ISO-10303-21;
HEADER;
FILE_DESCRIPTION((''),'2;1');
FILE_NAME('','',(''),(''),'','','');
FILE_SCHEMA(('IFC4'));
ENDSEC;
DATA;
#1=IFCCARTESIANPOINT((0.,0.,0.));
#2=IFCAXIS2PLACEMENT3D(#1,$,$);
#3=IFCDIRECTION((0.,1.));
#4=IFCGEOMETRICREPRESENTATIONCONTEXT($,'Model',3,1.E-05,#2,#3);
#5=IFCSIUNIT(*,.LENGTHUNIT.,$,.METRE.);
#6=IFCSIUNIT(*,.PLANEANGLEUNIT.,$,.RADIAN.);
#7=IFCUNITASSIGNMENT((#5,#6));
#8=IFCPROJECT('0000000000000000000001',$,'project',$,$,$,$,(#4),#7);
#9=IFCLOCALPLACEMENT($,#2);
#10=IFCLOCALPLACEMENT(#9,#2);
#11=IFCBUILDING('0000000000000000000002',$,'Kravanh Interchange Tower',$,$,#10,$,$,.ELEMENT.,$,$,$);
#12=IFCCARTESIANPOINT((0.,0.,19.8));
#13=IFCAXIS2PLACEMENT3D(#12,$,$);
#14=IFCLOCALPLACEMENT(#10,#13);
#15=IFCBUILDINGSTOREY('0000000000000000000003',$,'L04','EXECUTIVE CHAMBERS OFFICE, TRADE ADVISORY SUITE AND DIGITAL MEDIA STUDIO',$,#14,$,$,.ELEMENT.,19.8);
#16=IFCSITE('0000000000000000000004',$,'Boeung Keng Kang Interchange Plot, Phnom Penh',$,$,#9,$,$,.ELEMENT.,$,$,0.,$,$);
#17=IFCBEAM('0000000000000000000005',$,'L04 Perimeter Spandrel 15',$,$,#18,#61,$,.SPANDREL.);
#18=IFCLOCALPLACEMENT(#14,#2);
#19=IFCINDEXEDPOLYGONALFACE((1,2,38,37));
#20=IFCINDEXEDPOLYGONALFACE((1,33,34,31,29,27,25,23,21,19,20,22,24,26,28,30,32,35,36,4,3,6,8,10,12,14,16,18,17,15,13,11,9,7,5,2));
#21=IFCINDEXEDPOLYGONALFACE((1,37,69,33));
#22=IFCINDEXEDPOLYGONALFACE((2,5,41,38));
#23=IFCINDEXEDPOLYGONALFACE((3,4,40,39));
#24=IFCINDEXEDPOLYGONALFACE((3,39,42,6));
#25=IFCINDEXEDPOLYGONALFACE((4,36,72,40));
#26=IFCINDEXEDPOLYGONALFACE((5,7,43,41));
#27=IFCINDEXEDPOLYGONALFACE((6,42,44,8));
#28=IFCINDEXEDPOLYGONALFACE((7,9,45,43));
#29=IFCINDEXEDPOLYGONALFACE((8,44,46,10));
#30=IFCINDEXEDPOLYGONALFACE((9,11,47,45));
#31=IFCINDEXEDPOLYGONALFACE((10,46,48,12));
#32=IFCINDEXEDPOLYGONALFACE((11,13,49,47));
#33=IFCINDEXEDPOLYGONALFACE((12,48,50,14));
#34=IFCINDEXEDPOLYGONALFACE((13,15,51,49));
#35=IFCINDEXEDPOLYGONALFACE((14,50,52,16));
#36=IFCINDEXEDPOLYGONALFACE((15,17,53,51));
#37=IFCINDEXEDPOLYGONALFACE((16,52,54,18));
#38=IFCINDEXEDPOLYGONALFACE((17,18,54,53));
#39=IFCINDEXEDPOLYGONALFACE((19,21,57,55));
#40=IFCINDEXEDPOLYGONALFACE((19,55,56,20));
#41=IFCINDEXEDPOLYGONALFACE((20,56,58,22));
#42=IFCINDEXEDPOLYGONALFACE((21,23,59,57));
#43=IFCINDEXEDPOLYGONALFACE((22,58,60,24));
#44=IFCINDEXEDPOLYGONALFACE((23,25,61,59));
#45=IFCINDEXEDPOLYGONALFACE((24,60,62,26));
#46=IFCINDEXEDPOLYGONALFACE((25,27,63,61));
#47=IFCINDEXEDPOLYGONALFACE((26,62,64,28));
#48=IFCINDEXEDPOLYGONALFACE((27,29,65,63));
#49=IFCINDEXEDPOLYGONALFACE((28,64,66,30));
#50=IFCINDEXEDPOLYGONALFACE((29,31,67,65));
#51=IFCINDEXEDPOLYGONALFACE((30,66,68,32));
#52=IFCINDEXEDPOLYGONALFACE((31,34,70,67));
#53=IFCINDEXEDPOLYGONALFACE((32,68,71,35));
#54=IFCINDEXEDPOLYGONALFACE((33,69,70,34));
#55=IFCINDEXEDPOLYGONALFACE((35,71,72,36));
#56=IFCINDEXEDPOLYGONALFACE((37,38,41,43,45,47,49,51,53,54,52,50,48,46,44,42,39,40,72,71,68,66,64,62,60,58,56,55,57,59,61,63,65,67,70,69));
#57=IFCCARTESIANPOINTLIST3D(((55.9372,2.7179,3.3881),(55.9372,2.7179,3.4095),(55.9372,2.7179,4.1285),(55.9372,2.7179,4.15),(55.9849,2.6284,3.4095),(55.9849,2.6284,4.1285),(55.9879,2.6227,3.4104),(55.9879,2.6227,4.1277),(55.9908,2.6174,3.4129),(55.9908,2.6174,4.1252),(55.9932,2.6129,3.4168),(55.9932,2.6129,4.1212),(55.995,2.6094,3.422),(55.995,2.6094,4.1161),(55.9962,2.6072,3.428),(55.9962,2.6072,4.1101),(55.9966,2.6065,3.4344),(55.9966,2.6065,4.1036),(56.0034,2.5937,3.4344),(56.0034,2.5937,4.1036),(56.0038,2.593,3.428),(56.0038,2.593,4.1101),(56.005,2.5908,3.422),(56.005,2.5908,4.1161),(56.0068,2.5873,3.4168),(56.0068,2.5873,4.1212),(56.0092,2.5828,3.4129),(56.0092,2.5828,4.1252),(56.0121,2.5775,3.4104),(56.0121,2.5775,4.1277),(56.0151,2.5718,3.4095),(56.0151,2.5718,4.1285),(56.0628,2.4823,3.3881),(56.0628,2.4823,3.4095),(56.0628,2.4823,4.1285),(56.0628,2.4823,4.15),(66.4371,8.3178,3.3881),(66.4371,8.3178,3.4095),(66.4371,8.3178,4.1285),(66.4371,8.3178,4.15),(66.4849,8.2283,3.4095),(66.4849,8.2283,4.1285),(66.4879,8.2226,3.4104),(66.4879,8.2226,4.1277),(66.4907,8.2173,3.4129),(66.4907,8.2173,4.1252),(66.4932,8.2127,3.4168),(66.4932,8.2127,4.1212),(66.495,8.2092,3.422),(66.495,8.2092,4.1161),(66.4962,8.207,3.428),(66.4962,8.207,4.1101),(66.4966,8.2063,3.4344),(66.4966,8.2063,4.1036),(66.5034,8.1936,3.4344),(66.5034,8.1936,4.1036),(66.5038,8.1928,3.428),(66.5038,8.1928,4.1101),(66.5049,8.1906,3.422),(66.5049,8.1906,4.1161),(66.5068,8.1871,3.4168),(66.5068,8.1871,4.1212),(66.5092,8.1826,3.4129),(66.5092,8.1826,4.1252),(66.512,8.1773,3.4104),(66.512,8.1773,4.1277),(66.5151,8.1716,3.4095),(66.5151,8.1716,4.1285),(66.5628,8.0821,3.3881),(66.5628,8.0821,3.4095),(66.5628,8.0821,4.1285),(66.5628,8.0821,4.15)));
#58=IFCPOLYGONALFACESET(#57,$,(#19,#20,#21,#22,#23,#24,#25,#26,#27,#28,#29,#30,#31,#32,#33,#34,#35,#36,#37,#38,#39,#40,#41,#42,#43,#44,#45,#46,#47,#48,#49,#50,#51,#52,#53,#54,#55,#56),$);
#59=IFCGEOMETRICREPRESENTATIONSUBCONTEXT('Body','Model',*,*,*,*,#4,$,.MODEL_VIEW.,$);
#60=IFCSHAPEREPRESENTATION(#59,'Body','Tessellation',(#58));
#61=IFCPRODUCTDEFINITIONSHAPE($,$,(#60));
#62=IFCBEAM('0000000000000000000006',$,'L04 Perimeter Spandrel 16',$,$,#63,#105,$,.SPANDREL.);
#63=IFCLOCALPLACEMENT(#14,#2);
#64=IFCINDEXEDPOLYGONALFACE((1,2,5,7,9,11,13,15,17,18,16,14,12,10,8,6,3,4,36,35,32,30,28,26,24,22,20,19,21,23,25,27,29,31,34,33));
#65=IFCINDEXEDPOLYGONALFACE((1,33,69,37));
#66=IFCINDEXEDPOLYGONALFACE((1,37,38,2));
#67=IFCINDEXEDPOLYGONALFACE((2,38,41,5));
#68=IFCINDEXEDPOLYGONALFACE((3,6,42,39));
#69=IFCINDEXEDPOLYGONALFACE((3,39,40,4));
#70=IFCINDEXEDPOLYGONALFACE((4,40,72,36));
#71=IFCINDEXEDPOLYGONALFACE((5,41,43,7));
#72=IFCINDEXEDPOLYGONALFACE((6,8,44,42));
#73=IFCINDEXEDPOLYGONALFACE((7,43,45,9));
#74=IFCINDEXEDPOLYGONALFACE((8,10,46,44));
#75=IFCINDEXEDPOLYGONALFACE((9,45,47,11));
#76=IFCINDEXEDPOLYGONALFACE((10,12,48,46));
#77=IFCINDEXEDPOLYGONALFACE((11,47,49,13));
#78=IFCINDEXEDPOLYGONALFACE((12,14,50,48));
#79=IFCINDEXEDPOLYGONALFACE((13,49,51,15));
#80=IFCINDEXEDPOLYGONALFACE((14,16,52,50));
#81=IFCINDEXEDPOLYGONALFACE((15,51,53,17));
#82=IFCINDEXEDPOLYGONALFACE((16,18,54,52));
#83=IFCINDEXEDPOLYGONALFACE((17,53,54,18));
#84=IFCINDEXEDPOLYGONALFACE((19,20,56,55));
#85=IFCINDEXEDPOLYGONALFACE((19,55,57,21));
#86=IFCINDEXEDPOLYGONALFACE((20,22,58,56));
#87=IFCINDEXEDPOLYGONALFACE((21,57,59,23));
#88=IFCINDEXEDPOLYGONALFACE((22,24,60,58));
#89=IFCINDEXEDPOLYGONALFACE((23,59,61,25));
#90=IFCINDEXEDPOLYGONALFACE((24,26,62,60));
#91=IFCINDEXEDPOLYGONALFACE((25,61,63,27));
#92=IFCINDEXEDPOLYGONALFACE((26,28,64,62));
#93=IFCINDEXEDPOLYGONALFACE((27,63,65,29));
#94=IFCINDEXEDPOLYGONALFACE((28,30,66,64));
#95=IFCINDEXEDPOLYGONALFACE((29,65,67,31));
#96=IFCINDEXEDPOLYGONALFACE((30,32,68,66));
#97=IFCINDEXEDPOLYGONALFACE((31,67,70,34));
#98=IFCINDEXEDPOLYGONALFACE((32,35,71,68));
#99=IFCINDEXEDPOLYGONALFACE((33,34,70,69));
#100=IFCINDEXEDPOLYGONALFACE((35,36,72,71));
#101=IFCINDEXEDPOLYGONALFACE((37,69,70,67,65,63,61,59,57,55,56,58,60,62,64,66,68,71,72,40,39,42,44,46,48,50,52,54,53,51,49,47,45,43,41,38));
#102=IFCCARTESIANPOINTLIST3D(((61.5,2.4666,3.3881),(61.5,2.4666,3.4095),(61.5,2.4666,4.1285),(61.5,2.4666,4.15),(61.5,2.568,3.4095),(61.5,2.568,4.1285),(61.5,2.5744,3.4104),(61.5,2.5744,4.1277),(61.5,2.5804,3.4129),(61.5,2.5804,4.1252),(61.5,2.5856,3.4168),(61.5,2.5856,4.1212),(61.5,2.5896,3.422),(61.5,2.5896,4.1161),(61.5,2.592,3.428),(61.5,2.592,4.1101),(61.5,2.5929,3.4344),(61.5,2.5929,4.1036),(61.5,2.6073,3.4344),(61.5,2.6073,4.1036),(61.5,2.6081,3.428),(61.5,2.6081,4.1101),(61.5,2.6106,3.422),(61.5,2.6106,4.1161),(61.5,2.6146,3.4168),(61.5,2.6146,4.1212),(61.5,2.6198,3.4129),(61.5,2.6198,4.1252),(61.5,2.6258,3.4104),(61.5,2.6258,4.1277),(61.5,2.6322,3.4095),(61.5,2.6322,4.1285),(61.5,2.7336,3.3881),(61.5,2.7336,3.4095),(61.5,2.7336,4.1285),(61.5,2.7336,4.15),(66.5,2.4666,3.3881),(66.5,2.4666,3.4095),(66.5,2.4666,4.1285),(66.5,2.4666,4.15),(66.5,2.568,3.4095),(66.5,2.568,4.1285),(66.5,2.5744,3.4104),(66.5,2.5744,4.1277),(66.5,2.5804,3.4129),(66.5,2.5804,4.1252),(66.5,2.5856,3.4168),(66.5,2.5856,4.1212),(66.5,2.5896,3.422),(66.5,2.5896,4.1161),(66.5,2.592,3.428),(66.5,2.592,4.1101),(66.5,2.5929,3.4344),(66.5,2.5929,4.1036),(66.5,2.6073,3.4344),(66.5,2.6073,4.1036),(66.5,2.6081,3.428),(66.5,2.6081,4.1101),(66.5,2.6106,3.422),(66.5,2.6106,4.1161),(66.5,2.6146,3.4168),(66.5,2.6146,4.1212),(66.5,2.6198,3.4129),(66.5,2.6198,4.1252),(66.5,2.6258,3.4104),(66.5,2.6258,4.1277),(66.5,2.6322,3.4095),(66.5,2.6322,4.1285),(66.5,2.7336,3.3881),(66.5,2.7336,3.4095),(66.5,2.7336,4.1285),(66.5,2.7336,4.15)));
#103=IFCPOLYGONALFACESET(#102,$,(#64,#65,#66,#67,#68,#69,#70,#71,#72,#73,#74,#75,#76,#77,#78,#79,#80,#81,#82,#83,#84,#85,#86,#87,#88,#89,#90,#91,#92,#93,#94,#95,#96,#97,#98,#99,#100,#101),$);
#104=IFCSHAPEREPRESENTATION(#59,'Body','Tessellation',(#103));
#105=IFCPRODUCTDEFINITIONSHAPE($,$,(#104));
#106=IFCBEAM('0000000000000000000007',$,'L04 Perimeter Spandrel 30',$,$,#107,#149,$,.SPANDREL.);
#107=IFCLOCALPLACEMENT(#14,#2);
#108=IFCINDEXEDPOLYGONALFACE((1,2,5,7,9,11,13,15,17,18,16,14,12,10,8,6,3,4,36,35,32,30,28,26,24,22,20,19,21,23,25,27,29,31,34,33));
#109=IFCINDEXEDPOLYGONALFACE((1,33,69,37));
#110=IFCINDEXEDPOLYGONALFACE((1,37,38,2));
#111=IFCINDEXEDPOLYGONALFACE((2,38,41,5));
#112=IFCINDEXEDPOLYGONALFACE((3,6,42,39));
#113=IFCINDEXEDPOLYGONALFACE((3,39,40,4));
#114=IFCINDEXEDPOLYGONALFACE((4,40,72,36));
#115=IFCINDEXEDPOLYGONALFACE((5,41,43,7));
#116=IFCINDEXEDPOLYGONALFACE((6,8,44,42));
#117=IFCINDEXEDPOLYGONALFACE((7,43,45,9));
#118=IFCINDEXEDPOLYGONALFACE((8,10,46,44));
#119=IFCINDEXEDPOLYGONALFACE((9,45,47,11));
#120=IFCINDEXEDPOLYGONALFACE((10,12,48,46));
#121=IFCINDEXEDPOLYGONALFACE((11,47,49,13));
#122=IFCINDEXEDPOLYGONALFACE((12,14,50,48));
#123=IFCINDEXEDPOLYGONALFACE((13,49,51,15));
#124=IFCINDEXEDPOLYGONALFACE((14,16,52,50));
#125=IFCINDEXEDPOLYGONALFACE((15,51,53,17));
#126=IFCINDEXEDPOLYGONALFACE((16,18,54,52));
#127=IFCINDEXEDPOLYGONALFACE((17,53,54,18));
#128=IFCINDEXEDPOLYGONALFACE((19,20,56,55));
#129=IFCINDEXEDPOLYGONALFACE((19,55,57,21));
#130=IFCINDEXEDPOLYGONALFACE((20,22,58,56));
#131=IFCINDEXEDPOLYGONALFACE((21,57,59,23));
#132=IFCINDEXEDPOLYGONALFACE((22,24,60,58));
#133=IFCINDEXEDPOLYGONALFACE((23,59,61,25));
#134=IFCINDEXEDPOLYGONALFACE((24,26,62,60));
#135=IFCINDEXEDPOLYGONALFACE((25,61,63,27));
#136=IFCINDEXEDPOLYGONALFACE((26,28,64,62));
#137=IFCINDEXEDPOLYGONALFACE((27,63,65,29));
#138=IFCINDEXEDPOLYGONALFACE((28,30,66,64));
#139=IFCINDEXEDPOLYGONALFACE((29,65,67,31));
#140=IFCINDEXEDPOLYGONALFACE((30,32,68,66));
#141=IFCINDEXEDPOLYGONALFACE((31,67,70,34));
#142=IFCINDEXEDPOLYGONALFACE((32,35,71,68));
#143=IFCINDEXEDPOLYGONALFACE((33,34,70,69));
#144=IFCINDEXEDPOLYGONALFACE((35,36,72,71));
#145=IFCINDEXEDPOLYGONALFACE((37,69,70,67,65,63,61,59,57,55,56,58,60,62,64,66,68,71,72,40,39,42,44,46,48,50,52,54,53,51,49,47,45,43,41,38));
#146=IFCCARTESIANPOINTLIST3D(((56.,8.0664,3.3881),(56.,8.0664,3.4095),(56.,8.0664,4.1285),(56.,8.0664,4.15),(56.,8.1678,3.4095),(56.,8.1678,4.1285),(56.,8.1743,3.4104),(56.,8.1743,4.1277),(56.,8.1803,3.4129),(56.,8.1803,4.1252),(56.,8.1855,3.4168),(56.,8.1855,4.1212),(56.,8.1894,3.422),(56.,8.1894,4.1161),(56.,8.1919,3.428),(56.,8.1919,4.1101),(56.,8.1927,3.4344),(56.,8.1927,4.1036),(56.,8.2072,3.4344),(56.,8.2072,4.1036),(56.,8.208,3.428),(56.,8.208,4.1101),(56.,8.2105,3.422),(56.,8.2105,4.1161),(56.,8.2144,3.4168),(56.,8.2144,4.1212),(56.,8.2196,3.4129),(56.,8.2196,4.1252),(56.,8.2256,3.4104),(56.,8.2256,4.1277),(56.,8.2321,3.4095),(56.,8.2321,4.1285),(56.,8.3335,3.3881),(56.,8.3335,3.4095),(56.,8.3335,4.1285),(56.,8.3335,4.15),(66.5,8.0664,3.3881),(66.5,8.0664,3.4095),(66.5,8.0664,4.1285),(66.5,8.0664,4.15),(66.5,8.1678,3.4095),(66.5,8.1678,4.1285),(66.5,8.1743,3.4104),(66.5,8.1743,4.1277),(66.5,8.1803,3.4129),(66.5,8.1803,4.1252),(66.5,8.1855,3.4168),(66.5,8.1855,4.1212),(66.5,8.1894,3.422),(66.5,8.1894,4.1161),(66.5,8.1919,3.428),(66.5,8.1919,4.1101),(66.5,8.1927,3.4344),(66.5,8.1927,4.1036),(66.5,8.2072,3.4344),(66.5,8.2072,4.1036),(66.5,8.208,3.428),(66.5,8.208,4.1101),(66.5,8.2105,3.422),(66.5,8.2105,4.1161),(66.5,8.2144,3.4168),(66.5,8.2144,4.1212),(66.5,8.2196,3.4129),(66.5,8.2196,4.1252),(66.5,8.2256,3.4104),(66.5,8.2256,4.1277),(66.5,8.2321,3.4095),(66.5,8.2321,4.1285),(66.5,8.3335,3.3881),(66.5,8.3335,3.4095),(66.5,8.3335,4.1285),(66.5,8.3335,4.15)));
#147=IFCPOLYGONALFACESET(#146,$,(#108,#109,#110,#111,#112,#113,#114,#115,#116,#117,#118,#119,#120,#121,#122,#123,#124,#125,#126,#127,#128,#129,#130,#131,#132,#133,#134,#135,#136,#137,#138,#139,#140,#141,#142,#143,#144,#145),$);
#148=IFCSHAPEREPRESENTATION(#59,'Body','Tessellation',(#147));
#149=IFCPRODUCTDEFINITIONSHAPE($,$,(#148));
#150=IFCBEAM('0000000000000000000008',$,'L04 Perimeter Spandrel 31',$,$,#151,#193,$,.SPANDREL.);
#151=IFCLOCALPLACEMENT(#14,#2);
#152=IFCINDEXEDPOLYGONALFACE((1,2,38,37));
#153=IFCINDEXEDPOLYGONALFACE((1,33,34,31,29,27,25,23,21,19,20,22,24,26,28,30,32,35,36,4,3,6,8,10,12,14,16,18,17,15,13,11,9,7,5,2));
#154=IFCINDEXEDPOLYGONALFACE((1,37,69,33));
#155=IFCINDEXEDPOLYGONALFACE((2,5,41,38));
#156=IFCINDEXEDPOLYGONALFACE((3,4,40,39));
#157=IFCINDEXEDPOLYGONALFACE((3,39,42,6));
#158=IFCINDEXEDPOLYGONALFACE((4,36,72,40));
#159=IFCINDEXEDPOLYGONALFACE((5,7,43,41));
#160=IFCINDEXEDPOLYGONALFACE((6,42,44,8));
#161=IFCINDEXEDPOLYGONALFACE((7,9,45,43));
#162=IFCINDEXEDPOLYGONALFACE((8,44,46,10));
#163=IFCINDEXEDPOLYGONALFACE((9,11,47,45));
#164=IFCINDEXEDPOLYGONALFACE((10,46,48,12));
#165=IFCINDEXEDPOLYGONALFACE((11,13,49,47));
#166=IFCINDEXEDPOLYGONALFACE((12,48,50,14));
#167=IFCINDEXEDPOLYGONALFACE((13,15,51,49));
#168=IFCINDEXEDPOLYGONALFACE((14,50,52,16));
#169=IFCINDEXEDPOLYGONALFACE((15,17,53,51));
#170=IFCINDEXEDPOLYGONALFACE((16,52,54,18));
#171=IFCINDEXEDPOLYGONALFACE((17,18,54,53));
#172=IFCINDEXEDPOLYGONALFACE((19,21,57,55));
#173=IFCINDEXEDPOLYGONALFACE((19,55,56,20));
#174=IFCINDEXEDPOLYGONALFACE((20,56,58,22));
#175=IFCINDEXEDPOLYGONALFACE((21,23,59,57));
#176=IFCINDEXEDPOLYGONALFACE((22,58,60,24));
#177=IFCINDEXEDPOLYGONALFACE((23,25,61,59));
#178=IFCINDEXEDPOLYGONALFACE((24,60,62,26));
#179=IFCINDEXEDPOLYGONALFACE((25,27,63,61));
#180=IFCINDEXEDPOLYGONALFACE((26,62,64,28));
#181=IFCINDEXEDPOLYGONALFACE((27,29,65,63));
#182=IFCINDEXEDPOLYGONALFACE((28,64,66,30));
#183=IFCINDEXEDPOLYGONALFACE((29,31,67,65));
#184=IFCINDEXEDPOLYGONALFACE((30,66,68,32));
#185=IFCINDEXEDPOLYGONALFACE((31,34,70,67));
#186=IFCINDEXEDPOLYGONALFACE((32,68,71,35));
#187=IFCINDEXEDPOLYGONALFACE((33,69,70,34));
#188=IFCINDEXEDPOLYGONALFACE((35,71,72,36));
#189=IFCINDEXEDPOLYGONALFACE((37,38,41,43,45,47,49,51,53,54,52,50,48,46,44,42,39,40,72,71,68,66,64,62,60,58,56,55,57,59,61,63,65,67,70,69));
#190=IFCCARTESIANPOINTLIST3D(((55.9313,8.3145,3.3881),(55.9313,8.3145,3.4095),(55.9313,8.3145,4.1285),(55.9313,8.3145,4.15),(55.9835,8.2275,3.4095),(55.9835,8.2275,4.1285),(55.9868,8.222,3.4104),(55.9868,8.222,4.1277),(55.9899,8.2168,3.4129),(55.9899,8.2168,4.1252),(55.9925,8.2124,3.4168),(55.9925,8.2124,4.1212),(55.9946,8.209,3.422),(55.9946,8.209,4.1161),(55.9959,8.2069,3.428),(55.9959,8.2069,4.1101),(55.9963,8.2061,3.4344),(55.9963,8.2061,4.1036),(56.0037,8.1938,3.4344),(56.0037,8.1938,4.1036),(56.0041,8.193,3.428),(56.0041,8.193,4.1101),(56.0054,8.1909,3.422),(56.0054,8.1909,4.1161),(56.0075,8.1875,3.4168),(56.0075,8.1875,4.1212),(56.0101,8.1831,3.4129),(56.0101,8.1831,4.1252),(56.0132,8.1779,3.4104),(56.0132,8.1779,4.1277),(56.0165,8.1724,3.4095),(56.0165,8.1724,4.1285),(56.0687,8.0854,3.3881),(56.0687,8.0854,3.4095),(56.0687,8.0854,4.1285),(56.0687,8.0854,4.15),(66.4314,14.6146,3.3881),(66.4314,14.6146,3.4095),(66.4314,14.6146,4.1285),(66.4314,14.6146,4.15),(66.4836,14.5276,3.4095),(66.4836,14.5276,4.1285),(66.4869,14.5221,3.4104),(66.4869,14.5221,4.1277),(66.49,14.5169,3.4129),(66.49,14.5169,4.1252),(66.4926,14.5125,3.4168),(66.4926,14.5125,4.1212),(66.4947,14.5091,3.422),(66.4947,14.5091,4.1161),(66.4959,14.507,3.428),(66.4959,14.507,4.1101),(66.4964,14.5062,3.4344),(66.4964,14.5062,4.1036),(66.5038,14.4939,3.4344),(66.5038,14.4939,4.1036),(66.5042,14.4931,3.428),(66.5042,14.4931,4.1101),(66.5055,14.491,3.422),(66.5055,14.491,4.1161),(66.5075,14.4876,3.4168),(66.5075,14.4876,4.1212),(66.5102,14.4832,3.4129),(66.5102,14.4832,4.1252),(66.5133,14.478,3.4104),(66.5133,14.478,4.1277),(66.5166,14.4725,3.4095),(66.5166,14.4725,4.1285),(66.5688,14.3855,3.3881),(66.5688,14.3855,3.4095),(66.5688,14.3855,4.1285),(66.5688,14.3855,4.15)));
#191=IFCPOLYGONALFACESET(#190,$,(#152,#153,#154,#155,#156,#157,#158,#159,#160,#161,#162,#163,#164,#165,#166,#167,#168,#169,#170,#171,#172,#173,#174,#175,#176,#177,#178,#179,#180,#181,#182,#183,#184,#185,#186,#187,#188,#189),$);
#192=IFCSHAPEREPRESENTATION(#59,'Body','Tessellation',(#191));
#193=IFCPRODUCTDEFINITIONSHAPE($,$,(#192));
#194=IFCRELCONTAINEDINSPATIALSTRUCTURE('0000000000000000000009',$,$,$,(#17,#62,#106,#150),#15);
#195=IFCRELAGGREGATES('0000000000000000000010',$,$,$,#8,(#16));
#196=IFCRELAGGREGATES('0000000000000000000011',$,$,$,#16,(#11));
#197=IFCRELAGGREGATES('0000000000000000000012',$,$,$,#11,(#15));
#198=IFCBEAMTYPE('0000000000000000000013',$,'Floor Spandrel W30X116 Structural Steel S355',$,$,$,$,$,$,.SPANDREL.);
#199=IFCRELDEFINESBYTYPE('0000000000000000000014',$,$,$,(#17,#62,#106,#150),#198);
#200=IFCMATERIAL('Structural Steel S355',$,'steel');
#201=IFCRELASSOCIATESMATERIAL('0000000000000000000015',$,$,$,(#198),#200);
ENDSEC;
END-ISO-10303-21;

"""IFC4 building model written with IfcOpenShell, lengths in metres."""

from ifc_helpers import new_model, si_unit, direction, frame, origin, origin_2d, place, context, subcontext, project, spatial, i_section, extrude, material, material_profile, profile_set, type_object, element, save


model = new_model("IFC4")

# Units and contexts
model_context = context("Model", 3, precision=1e-05, world=origin(), true_north=direction((0.0, 1.0)))
body_context = subcontext(model_context, "Body", "Model", "MODEL_VIEW")
ifc_project = project(units=[si_unit("LENGTHUNIT", "METRE"), si_unit("PLANEANGLEUNIT", "RADIAN")], contexts=[model_context])

# Site, building, storey
site_placement = place(None, origin())
site = spatial("IfcSite", under=ifc_project, at=site_placement, Name="Boeung Keng Kang Interchange Plot, Phnom Penh", CompositionType="ELEMENT", RefElevation=0.0)
building_placement = place(site_placement, origin())
building = spatial("IfcBuilding", under=site, at=building_placement, Name="Kravanh Interchange Tower", CompositionType="ELEMENT")
storey_placement = place(building_placement, frame((0.0, 0.0, 19.8)))
storey = spatial("IfcBuildingStorey", under=building, at=storey_placement, Name="L04", Description="EXECUTIVE CHAMBERS OFFICE, TRADE ADVISORY SUITE AND DIGITAL MEDIA STUDIO", CompositionType="ELEMENT", Elevation=19.8)

# Beams
ifc_material_1 = material(Name="Structural Steel S355", Category="steel")
ifc_material_profile_1 = material_profile(ifc_material_1, i_section(OverallWidth=0.2671, OverallDepth=0.762, WebThickness=0.0144, FlangeThickness=0.0215, FilletRadius=0.0249, at=origin_2d()), Name="W30X116")
ifc_profile_set_1 = profile_set([ifc_material_profile_1], Name="Structural Steel S355")
beam_type_1 = type_object("IfcBeamType", Name="Floor Spandrel W30X116 Structural Steel S355", PredefinedType="SPANDREL", material=ifc_profile_set_1)
beam_1_placement = place(storey_placement, frame((56.0, 2.6001, 3.769), z_axis=(0.882358, 0.470579, 0.0), x_axis=(-0.470579, 0.882358, 0.0)))
element("IfcBeam", 1, at=beam_1_placement, inside=storey, type_object=beam_type_1, Name="L04 Perimeter Spandrel 15", PredefinedType="SPANDREL", context=body_context, shape_type="SweptSolid", body=[
    extrude(i_section(OverallWidth=0.2671, OverallDepth=0.762, WebThickness=0.0144, FlangeThickness=0.0215, FilletRadius=0.0249, at=origin_2d()), origin(), (0.0, 0.0, 1.0), 11.8999),
])
beam_2_placement = place(storey_placement, frame((61.5, 2.6001, 3.769), z_axis=(1.0, 0.0, 0.0), x_axis=(0.0, 1.0, 0.0)))
element("IfcBeam", 2, at=beam_2_placement, inside=storey, type_object=beam_type_1, Name="L04 Perimeter Spandrel 16", PredefinedType="SPANDREL", context=body_context, shape_type="SweptSolid", body=[
    extrude(i_section(OverallWidth=0.2671, OverallDepth=0.762, WebThickness=0.0144, FlangeThickness=0.0215, FilletRadius=0.0249, at=origin_2d()), origin(), (0.0, 0.0, 1.0), 5.0),
])
beam_3_placement = place(storey_placement, frame((56.0, 8.2, 3.769), z_axis=(1.0, 0.0, 0.0), x_axis=(0.0, 1.0, 0.0)))
element("IfcBeam", 3, at=beam_3_placement, inside=storey, type_object=beam_type_1, Name="L04 Perimeter Spandrel 30", PredefinedType="SPANDREL", context=body_context, shape_type="SweptSolid", body=[
    extrude(i_section(OverallWidth=0.2671, OverallDepth=0.762, WebThickness=0.0144, FlangeThickness=0.0215, FilletRadius=0.0249, at=origin_2d()), origin(), (0.0, 0.0, 1.0), 10.5),
])
beam_4_placement = place(storey_placement, frame((56.0, 8.2, 3.769), z_axis=(0.857491, 0.514499, 0.0), x_axis=(-0.514499, 0.857491, 0.0)))
element("IfcBeam", 4, at=beam_4_placement, inside=storey, type_object=beam_type_1, Name="L04 Perimeter Spandrel 31", PredefinedType="SPANDREL", context=body_context, shape_type="SweptSolid", body=[
    extrude(i_section(OverallWidth=0.2671, OverallDepth=0.762, WebThickness=0.0144, FlangeThickness=0.0215, FilletRadius=0.0249, at=origin_2d()), origin(), (0.0, 0.0, 1.0), 12.2451),
])

save(model, "model.ifc")
